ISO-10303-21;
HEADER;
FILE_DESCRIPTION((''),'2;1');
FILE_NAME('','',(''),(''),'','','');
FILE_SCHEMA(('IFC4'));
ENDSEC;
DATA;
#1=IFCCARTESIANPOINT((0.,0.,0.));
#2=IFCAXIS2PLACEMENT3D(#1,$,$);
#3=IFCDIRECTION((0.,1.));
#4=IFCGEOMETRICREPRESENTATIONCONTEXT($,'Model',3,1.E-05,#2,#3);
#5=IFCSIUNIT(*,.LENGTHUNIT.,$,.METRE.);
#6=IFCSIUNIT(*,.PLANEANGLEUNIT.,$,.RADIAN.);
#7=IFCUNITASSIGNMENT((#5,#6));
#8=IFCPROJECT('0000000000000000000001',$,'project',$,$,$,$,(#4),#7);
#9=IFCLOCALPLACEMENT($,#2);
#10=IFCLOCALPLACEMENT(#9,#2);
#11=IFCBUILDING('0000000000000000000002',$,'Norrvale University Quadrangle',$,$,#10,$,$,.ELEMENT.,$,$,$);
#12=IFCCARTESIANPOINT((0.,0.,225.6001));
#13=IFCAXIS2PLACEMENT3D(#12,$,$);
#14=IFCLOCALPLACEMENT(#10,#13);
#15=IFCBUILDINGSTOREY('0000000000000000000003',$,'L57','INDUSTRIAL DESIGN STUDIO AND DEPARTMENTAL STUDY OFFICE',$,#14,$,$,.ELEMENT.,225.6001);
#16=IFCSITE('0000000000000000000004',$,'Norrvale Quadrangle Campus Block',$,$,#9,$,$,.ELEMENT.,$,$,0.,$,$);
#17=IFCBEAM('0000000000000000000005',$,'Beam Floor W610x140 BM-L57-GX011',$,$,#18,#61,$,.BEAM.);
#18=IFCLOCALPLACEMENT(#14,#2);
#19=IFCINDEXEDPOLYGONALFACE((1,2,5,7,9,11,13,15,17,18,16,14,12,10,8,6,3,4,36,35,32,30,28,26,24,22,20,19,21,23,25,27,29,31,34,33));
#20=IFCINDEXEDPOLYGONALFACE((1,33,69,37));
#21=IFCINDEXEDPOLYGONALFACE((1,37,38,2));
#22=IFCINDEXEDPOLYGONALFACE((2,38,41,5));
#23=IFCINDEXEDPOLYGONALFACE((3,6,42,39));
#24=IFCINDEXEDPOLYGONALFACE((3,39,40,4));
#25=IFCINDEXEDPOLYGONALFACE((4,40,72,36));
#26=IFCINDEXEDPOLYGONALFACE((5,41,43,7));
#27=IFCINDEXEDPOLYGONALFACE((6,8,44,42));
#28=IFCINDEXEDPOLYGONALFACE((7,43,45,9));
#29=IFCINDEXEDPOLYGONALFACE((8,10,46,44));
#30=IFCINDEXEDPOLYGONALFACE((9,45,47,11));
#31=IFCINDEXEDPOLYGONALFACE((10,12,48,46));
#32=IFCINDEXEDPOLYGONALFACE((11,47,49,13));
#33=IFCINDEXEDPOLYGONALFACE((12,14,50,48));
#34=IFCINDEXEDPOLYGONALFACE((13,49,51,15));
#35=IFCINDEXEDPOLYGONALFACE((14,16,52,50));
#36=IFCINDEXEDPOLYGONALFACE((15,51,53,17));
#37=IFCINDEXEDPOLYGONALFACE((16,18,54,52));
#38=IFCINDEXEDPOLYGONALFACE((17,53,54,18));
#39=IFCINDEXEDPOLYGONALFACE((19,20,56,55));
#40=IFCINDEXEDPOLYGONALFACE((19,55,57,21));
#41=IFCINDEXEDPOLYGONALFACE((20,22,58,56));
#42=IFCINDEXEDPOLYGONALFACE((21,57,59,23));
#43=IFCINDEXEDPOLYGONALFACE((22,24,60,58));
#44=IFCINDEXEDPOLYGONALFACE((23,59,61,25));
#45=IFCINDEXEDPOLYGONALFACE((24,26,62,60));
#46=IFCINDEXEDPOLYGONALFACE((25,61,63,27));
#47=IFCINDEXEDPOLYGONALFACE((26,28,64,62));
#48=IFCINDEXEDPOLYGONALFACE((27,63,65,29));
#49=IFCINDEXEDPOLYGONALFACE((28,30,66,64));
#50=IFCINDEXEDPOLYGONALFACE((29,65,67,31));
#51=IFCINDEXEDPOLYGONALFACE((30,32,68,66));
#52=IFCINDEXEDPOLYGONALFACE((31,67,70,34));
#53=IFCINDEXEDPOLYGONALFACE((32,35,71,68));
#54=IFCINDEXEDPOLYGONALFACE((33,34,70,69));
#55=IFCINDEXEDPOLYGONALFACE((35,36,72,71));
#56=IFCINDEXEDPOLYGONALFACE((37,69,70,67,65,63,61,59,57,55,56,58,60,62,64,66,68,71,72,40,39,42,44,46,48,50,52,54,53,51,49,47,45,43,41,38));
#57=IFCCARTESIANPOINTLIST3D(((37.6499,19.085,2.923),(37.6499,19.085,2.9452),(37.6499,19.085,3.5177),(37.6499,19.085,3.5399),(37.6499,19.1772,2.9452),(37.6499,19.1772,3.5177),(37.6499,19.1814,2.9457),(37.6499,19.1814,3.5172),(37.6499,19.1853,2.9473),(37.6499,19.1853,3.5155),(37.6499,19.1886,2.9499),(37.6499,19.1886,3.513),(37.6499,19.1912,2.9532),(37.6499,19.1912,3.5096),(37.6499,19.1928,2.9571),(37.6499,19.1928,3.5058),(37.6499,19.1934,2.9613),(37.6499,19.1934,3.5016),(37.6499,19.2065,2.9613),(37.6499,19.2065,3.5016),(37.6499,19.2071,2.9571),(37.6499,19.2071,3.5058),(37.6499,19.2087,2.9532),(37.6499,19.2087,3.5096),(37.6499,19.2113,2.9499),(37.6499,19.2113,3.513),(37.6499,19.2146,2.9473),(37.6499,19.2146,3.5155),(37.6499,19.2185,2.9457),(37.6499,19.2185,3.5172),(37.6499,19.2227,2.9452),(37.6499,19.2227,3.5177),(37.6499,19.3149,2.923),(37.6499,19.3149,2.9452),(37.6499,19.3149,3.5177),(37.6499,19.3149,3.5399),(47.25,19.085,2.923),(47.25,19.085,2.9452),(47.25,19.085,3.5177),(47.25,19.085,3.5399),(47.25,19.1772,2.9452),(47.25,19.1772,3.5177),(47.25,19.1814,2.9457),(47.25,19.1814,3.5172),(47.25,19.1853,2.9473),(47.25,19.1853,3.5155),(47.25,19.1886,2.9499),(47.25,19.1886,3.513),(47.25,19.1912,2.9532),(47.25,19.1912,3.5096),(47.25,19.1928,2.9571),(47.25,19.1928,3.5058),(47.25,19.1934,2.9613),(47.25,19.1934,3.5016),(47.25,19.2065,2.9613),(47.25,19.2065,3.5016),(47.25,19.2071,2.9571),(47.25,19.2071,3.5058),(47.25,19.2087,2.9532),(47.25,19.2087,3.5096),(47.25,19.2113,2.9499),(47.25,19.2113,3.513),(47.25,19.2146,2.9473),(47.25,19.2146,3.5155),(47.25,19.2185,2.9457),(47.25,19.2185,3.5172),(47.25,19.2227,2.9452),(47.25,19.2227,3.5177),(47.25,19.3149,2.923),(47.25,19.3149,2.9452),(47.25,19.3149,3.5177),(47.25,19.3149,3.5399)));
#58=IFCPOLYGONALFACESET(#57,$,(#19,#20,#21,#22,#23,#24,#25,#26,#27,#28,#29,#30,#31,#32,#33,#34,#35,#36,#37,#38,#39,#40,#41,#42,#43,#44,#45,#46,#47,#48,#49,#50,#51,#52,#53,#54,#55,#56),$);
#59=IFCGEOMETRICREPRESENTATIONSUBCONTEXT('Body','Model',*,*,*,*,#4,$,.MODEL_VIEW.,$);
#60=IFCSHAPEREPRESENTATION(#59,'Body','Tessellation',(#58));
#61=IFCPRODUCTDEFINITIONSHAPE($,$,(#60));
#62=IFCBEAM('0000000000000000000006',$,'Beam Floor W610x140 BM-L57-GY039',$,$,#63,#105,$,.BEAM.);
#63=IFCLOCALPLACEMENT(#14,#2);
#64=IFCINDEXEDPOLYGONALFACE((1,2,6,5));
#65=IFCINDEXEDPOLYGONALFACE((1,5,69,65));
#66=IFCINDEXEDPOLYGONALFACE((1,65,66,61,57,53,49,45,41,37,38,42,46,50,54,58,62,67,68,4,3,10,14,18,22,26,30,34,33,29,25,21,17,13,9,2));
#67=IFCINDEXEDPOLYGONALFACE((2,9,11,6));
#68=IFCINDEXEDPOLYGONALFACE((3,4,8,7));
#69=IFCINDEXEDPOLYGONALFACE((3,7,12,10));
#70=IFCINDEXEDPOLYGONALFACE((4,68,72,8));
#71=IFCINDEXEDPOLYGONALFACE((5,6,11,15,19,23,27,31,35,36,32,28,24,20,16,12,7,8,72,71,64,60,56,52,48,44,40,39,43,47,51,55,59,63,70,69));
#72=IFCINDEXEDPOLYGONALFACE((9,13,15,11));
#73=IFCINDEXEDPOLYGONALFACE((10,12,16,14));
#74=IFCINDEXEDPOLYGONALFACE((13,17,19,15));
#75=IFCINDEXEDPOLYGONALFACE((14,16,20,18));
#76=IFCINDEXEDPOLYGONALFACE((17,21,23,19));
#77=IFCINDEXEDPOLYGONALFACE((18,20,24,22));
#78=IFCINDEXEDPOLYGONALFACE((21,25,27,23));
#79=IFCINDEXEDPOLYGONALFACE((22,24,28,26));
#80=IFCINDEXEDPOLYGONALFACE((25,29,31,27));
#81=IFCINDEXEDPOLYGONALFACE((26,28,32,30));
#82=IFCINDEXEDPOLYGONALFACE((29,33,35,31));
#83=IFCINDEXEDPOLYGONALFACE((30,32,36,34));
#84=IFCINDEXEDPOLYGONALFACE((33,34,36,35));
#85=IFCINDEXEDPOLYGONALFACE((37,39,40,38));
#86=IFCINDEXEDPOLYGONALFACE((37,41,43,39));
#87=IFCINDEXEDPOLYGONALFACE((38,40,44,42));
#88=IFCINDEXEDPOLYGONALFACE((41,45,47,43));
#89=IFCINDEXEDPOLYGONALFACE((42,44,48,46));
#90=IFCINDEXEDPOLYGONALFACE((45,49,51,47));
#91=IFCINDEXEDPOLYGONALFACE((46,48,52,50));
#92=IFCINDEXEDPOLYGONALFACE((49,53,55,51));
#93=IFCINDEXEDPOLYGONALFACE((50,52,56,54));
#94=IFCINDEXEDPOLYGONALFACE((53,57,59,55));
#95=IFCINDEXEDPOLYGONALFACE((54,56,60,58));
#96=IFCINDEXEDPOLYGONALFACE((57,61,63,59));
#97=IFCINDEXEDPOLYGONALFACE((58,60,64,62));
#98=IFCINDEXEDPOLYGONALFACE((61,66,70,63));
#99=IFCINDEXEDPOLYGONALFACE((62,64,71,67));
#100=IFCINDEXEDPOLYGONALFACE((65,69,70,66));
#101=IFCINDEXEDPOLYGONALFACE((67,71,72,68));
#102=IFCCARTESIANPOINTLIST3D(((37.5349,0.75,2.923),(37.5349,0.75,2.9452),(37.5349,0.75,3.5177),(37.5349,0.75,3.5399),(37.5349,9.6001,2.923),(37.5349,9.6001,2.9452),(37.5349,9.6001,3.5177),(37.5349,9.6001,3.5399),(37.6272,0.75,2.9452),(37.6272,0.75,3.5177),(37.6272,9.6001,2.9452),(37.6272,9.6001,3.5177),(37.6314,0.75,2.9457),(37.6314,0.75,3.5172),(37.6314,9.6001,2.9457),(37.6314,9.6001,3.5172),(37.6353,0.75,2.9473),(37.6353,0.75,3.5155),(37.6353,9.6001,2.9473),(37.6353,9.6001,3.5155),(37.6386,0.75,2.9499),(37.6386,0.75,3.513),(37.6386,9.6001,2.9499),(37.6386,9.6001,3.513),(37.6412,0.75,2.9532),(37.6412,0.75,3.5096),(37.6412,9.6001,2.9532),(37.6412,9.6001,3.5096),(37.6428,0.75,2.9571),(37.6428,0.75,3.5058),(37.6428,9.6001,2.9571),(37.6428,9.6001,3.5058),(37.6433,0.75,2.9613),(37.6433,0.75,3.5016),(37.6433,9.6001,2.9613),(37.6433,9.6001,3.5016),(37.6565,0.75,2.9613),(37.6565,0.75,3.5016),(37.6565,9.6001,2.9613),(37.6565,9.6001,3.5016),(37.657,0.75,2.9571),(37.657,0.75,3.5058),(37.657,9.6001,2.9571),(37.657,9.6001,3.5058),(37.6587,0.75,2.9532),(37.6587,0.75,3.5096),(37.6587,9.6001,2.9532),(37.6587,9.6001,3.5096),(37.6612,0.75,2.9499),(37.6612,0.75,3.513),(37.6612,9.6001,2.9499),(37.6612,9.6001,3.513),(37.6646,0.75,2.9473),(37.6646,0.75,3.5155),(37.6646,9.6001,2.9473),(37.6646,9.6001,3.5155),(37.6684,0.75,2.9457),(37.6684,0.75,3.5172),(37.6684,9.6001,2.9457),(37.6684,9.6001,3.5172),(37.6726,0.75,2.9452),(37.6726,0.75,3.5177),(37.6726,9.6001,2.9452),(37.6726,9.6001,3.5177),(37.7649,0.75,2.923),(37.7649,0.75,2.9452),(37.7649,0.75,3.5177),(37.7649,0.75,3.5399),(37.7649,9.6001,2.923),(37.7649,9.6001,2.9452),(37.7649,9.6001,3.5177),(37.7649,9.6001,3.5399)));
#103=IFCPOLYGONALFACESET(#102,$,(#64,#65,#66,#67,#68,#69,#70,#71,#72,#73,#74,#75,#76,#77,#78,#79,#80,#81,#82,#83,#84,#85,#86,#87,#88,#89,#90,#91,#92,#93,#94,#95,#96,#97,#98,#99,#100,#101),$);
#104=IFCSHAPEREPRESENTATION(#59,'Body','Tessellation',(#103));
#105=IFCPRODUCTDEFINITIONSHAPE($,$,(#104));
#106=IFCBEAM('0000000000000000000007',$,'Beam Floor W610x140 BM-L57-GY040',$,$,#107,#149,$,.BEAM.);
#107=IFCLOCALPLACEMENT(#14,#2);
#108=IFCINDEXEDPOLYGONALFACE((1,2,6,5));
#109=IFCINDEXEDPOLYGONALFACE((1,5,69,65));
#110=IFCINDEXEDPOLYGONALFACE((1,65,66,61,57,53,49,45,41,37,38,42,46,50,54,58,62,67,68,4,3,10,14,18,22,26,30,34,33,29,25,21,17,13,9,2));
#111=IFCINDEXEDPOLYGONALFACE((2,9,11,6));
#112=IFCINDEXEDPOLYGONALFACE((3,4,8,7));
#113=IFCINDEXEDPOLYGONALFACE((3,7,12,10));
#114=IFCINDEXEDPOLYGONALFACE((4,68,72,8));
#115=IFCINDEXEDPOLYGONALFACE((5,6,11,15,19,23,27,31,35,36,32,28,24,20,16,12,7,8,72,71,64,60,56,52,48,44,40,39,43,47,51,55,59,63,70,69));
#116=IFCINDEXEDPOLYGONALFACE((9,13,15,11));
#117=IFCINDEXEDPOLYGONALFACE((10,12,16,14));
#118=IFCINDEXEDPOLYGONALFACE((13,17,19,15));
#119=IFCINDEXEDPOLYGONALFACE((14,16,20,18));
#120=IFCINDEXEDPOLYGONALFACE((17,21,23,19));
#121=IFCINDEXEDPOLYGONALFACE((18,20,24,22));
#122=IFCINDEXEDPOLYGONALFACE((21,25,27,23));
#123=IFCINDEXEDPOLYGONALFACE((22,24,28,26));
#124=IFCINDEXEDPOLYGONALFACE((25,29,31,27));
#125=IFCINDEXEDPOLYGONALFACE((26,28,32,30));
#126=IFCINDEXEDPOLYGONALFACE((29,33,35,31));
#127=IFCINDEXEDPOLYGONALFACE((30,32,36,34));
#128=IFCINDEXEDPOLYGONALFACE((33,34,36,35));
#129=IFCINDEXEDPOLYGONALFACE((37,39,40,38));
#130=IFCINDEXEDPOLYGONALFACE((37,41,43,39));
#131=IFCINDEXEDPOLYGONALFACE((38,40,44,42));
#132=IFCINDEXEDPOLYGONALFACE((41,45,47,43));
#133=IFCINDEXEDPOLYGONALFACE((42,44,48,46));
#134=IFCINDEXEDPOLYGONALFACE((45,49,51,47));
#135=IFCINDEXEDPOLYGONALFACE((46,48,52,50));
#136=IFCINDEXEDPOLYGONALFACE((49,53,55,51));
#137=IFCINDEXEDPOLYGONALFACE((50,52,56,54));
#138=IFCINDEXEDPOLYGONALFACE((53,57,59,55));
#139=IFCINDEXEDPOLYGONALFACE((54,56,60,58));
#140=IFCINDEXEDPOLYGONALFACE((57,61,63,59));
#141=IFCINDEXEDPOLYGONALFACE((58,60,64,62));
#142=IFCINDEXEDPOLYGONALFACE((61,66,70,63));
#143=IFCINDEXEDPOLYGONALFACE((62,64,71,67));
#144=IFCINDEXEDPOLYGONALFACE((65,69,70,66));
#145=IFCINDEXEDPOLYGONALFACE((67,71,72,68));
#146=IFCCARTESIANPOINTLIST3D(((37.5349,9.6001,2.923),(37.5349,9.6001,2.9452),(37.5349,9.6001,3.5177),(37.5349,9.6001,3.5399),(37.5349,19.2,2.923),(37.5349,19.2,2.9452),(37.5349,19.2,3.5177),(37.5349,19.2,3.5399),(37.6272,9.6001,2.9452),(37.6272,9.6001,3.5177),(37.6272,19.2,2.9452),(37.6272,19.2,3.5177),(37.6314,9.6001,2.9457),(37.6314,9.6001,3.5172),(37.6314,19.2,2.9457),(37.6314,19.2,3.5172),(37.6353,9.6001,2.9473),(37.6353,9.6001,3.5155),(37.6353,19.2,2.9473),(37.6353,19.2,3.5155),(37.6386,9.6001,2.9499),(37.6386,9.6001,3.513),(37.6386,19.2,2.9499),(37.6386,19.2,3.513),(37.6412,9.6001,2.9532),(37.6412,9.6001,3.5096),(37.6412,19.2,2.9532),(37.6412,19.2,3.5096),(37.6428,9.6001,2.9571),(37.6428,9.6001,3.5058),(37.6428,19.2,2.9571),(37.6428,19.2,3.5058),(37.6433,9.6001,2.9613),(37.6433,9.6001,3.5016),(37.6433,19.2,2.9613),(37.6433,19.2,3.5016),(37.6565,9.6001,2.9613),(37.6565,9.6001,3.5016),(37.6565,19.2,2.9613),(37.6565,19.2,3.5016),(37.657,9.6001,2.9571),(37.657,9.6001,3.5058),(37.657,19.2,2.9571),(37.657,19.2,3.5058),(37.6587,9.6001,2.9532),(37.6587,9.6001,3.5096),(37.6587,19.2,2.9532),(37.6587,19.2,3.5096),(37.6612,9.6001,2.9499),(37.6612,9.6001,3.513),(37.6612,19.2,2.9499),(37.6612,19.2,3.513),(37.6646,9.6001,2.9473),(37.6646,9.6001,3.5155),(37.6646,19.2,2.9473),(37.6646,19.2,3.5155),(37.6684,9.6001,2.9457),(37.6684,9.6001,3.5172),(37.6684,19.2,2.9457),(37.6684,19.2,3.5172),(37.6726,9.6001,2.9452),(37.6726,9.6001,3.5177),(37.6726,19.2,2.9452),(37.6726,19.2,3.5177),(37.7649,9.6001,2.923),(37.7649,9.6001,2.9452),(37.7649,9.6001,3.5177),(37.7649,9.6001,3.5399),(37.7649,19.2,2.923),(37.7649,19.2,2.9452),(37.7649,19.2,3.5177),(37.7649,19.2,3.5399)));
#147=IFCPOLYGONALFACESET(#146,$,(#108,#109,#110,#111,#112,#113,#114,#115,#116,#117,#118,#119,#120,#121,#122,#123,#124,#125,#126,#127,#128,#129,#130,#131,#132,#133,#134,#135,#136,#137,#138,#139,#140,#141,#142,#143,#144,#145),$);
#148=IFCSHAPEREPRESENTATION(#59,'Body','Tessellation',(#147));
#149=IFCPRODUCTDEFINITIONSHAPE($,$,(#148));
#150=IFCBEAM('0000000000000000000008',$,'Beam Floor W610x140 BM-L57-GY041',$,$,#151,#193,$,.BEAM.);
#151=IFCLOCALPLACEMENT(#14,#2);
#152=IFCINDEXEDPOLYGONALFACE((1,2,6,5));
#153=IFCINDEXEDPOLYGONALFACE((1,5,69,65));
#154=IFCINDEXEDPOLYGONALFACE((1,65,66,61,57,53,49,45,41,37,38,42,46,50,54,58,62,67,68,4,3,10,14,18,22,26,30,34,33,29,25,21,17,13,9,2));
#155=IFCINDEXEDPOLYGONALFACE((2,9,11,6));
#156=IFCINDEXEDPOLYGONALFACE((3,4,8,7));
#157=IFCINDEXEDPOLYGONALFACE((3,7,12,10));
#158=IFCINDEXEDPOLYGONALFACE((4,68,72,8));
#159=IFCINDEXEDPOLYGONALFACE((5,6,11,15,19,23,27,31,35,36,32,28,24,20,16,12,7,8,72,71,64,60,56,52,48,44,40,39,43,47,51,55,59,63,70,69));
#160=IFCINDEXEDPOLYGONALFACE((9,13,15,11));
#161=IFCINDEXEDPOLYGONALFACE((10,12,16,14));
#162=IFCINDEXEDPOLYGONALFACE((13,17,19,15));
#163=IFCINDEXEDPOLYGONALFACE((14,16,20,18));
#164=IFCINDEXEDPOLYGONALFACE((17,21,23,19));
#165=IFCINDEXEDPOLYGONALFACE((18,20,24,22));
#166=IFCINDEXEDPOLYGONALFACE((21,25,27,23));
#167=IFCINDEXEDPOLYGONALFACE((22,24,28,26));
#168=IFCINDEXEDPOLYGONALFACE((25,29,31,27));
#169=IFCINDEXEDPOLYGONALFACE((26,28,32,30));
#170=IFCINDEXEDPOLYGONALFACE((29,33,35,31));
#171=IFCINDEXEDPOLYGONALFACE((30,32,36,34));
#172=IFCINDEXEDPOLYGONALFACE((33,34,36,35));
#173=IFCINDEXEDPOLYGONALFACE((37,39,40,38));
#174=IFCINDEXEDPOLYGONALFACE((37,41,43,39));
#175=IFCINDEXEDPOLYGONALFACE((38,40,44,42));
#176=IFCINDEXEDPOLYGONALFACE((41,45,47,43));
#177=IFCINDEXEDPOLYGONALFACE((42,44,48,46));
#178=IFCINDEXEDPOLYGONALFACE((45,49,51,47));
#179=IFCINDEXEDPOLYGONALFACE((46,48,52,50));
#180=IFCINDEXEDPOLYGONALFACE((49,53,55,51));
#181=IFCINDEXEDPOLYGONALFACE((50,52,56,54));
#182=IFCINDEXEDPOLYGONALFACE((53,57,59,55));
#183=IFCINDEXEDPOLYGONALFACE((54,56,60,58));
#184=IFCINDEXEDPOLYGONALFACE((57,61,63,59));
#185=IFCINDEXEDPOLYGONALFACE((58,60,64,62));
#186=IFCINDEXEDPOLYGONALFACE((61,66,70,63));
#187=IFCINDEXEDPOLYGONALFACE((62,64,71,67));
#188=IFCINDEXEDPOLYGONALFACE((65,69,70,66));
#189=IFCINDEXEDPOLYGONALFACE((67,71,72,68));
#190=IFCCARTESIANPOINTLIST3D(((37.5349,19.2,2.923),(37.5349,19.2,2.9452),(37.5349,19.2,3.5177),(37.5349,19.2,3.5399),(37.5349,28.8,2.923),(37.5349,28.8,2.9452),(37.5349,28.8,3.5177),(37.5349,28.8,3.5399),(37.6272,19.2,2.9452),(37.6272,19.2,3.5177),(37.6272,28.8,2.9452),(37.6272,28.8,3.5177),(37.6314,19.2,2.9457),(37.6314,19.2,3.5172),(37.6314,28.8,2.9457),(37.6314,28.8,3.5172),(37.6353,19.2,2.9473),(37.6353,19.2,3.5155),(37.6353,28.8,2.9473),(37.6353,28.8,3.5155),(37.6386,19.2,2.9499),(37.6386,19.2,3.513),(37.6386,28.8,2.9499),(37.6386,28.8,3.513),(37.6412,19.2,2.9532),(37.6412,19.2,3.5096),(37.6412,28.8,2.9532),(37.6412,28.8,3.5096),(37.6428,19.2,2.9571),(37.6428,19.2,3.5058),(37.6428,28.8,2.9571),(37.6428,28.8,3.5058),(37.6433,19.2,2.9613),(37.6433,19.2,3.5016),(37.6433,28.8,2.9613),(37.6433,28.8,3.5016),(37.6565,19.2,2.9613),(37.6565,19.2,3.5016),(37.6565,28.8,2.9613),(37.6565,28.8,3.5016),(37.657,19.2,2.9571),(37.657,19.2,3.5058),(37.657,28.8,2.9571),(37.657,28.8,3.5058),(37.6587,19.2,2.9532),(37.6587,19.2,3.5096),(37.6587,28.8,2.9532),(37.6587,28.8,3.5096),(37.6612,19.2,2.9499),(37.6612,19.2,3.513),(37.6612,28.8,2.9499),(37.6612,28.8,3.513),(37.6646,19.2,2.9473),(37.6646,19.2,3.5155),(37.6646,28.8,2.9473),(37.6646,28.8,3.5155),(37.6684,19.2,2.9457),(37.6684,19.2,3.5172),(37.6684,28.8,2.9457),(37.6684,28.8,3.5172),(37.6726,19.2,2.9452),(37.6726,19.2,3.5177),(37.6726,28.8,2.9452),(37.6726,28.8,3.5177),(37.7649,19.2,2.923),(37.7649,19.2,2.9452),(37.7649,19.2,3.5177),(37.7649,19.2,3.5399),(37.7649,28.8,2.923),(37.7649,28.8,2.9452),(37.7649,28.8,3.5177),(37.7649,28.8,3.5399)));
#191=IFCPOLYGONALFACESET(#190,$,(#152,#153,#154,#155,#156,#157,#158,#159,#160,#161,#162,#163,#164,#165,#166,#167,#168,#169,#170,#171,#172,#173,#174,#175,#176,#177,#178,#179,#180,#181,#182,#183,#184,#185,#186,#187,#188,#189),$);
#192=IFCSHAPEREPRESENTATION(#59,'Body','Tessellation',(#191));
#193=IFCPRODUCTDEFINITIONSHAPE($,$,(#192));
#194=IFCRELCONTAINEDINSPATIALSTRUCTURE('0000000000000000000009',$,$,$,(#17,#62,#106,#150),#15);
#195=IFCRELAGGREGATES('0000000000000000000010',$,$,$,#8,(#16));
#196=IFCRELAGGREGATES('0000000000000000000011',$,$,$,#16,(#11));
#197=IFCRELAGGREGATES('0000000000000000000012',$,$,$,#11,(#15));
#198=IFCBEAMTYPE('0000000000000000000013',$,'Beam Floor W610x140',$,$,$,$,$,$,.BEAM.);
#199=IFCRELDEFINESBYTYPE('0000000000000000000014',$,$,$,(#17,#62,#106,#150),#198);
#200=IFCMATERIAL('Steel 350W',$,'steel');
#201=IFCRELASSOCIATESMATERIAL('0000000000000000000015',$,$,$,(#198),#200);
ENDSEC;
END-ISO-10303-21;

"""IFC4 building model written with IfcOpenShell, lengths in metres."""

from ifc_helpers import new_model, si_unit, direction, frame, origin, origin_2d, place, context, subcontext, project, spatial, i_section, extrude, material, material_profile, profile_set, type_object, element, save


model = new_model("IFC4")

# Units and contexts
model_context = context("Model", 3, precision=1e-05, world=origin(), true_north=direction((0.0, 1.0)))
body_context = subcontext(model_context, "Body", "Model", "MODEL_VIEW")
ifc_project = project(units=[si_unit("LENGTHUNIT", "METRE"), si_unit("PLANEANGLEUNIT", "RADIAN")], contexts=[model_context])

# Site, building, storey
site_placement = place(None, origin())
site = spatial("IfcSite", under=ifc_project, at=site_placement, Name="Norrvale Quadrangle Campus Block", CompositionType="ELEMENT", RefElevation=0.0)
building_placement = place(site_placement, origin())
building = spatial("IfcBuilding", under=site, at=building_placement, Name="Norrvale University Quadrangle", CompositionType="ELEMENT")
storey_placement = place(building_placement, frame((0.0, 0.0, 225.6001)))
storey = spatial("IfcBuildingStorey", under=building, at=storey_placement, Name="L57", Description="INDUSTRIAL DESIGN STUDIO AND DEPARTMENTAL STUDY OFFICE", CompositionType="ELEMENT", Elevation=225.6001)

# Beams
ifc_material_1 = material(Name="Steel 350W", Category="steel")
ifc_material_profile_1 = material_profile(ifc_material_1, i_section(OverallWidth=0.23, OverallDepth=0.6169, WebThickness=0.0132, FlangeThickness=0.0222, FilletRadius=0.0161, at=origin_2d()), Name="Steel 350W")
ifc_profile_set_1 = profile_set([ifc_material_profile_1], Name="Steel 350W")
beam_type_1 = type_object("IfcBeamType", Name="Beam Floor W610x140", PredefinedType="BEAM", material=ifc_profile_set_1)
for number, where, z_axis, x_axis, name in (
    (1, (37.6499, 19.2, 3.2314), (1.0, 0.0, 0.0), (0.0, 1.0, 0.0), "Beam Floor W610x140 BM-L57-GX011"),
):
    element("IfcBeam", number, at=place(storey_placement, frame(where, z_axis=z_axis, x_axis=x_axis)), inside=storey, type_object=beam_type_1, Name=name, PredefinedType="BEAM", context=body_context, shape_type="SweptSolid", body=[
        extrude(i_section(OverallWidth=0.23, OverallDepth=0.6169, WebThickness=0.0132, FlangeThickness=0.0222, FilletRadius=0.0161, at=origin_2d()), origin(), (0.0, 0.0, 1.0), 9.6001),
    ])
beam_1_placement = place(storey_placement, frame((37.6499, 0.75, 3.2314), z_axis=(0.0, 1.0, 0.0), x_axis=(-1.0, 0.0, 0.0)))
element("IfcBeam", 2, at=beam_1_placement, inside=storey, type_object=beam_type_1, Name="Beam Floor W610x140 BM-L57-GY039", PredefinedType="BEAM", context=body_context, shape_type="SweptSolid", body=[
    extrude(i_section(OverallWidth=0.23, OverallDepth=0.6169, WebThickness=0.0132, FlangeThickness=0.0222, FilletRadius=0.0161, at=origin_2d()), origin(), (0.0, 0.0, 1.0), 8.8501),
])
beam_2_placement = place(storey_placement, frame((37.6499, 9.6001, 3.2314), z_axis=(0.0, 1.0, 0.0), x_axis=(-1.0, 0.0, 0.0)))
element("IfcBeam", 3, at=beam_2_placement, inside=storey, type_object=beam_type_1, Name="Beam Floor W610x140 BM-L57-GY040", PredefinedType="BEAM", context=body_context, shape_type="SweptSolid", body=[
    extrude(i_section(OverallWidth=0.23, OverallDepth=0.6169, WebThickness=0.0132, FlangeThickness=0.0222, FilletRadius=0.0161, at=origin_2d()), origin(), (0.0, 0.0, 1.0), 9.5999),
])
beam_3_placement = place(storey_placement, frame((37.6499, 19.2, 3.2314), z_axis=(0.0, 1.0, 0.0), x_axis=(-1.0, 0.0, 0.0)))
element("IfcBeam", 4, at=beam_3_placement, inside=storey, type_object=beam_type_1, Name="Beam Floor W610x140 BM-L57-GY041", PredefinedType="BEAM", context=body_context, shape_type="SweptSolid", body=[
    extrude(i_section(OverallWidth=0.23, OverallDepth=0.6169, WebThickness=0.0132, FlangeThickness=0.0222, FilletRadius=0.0161, at=origin_2d()), origin(), (0.0, 0.0, 1.0), 9.6001),
])

save(model, "model.ifc")
